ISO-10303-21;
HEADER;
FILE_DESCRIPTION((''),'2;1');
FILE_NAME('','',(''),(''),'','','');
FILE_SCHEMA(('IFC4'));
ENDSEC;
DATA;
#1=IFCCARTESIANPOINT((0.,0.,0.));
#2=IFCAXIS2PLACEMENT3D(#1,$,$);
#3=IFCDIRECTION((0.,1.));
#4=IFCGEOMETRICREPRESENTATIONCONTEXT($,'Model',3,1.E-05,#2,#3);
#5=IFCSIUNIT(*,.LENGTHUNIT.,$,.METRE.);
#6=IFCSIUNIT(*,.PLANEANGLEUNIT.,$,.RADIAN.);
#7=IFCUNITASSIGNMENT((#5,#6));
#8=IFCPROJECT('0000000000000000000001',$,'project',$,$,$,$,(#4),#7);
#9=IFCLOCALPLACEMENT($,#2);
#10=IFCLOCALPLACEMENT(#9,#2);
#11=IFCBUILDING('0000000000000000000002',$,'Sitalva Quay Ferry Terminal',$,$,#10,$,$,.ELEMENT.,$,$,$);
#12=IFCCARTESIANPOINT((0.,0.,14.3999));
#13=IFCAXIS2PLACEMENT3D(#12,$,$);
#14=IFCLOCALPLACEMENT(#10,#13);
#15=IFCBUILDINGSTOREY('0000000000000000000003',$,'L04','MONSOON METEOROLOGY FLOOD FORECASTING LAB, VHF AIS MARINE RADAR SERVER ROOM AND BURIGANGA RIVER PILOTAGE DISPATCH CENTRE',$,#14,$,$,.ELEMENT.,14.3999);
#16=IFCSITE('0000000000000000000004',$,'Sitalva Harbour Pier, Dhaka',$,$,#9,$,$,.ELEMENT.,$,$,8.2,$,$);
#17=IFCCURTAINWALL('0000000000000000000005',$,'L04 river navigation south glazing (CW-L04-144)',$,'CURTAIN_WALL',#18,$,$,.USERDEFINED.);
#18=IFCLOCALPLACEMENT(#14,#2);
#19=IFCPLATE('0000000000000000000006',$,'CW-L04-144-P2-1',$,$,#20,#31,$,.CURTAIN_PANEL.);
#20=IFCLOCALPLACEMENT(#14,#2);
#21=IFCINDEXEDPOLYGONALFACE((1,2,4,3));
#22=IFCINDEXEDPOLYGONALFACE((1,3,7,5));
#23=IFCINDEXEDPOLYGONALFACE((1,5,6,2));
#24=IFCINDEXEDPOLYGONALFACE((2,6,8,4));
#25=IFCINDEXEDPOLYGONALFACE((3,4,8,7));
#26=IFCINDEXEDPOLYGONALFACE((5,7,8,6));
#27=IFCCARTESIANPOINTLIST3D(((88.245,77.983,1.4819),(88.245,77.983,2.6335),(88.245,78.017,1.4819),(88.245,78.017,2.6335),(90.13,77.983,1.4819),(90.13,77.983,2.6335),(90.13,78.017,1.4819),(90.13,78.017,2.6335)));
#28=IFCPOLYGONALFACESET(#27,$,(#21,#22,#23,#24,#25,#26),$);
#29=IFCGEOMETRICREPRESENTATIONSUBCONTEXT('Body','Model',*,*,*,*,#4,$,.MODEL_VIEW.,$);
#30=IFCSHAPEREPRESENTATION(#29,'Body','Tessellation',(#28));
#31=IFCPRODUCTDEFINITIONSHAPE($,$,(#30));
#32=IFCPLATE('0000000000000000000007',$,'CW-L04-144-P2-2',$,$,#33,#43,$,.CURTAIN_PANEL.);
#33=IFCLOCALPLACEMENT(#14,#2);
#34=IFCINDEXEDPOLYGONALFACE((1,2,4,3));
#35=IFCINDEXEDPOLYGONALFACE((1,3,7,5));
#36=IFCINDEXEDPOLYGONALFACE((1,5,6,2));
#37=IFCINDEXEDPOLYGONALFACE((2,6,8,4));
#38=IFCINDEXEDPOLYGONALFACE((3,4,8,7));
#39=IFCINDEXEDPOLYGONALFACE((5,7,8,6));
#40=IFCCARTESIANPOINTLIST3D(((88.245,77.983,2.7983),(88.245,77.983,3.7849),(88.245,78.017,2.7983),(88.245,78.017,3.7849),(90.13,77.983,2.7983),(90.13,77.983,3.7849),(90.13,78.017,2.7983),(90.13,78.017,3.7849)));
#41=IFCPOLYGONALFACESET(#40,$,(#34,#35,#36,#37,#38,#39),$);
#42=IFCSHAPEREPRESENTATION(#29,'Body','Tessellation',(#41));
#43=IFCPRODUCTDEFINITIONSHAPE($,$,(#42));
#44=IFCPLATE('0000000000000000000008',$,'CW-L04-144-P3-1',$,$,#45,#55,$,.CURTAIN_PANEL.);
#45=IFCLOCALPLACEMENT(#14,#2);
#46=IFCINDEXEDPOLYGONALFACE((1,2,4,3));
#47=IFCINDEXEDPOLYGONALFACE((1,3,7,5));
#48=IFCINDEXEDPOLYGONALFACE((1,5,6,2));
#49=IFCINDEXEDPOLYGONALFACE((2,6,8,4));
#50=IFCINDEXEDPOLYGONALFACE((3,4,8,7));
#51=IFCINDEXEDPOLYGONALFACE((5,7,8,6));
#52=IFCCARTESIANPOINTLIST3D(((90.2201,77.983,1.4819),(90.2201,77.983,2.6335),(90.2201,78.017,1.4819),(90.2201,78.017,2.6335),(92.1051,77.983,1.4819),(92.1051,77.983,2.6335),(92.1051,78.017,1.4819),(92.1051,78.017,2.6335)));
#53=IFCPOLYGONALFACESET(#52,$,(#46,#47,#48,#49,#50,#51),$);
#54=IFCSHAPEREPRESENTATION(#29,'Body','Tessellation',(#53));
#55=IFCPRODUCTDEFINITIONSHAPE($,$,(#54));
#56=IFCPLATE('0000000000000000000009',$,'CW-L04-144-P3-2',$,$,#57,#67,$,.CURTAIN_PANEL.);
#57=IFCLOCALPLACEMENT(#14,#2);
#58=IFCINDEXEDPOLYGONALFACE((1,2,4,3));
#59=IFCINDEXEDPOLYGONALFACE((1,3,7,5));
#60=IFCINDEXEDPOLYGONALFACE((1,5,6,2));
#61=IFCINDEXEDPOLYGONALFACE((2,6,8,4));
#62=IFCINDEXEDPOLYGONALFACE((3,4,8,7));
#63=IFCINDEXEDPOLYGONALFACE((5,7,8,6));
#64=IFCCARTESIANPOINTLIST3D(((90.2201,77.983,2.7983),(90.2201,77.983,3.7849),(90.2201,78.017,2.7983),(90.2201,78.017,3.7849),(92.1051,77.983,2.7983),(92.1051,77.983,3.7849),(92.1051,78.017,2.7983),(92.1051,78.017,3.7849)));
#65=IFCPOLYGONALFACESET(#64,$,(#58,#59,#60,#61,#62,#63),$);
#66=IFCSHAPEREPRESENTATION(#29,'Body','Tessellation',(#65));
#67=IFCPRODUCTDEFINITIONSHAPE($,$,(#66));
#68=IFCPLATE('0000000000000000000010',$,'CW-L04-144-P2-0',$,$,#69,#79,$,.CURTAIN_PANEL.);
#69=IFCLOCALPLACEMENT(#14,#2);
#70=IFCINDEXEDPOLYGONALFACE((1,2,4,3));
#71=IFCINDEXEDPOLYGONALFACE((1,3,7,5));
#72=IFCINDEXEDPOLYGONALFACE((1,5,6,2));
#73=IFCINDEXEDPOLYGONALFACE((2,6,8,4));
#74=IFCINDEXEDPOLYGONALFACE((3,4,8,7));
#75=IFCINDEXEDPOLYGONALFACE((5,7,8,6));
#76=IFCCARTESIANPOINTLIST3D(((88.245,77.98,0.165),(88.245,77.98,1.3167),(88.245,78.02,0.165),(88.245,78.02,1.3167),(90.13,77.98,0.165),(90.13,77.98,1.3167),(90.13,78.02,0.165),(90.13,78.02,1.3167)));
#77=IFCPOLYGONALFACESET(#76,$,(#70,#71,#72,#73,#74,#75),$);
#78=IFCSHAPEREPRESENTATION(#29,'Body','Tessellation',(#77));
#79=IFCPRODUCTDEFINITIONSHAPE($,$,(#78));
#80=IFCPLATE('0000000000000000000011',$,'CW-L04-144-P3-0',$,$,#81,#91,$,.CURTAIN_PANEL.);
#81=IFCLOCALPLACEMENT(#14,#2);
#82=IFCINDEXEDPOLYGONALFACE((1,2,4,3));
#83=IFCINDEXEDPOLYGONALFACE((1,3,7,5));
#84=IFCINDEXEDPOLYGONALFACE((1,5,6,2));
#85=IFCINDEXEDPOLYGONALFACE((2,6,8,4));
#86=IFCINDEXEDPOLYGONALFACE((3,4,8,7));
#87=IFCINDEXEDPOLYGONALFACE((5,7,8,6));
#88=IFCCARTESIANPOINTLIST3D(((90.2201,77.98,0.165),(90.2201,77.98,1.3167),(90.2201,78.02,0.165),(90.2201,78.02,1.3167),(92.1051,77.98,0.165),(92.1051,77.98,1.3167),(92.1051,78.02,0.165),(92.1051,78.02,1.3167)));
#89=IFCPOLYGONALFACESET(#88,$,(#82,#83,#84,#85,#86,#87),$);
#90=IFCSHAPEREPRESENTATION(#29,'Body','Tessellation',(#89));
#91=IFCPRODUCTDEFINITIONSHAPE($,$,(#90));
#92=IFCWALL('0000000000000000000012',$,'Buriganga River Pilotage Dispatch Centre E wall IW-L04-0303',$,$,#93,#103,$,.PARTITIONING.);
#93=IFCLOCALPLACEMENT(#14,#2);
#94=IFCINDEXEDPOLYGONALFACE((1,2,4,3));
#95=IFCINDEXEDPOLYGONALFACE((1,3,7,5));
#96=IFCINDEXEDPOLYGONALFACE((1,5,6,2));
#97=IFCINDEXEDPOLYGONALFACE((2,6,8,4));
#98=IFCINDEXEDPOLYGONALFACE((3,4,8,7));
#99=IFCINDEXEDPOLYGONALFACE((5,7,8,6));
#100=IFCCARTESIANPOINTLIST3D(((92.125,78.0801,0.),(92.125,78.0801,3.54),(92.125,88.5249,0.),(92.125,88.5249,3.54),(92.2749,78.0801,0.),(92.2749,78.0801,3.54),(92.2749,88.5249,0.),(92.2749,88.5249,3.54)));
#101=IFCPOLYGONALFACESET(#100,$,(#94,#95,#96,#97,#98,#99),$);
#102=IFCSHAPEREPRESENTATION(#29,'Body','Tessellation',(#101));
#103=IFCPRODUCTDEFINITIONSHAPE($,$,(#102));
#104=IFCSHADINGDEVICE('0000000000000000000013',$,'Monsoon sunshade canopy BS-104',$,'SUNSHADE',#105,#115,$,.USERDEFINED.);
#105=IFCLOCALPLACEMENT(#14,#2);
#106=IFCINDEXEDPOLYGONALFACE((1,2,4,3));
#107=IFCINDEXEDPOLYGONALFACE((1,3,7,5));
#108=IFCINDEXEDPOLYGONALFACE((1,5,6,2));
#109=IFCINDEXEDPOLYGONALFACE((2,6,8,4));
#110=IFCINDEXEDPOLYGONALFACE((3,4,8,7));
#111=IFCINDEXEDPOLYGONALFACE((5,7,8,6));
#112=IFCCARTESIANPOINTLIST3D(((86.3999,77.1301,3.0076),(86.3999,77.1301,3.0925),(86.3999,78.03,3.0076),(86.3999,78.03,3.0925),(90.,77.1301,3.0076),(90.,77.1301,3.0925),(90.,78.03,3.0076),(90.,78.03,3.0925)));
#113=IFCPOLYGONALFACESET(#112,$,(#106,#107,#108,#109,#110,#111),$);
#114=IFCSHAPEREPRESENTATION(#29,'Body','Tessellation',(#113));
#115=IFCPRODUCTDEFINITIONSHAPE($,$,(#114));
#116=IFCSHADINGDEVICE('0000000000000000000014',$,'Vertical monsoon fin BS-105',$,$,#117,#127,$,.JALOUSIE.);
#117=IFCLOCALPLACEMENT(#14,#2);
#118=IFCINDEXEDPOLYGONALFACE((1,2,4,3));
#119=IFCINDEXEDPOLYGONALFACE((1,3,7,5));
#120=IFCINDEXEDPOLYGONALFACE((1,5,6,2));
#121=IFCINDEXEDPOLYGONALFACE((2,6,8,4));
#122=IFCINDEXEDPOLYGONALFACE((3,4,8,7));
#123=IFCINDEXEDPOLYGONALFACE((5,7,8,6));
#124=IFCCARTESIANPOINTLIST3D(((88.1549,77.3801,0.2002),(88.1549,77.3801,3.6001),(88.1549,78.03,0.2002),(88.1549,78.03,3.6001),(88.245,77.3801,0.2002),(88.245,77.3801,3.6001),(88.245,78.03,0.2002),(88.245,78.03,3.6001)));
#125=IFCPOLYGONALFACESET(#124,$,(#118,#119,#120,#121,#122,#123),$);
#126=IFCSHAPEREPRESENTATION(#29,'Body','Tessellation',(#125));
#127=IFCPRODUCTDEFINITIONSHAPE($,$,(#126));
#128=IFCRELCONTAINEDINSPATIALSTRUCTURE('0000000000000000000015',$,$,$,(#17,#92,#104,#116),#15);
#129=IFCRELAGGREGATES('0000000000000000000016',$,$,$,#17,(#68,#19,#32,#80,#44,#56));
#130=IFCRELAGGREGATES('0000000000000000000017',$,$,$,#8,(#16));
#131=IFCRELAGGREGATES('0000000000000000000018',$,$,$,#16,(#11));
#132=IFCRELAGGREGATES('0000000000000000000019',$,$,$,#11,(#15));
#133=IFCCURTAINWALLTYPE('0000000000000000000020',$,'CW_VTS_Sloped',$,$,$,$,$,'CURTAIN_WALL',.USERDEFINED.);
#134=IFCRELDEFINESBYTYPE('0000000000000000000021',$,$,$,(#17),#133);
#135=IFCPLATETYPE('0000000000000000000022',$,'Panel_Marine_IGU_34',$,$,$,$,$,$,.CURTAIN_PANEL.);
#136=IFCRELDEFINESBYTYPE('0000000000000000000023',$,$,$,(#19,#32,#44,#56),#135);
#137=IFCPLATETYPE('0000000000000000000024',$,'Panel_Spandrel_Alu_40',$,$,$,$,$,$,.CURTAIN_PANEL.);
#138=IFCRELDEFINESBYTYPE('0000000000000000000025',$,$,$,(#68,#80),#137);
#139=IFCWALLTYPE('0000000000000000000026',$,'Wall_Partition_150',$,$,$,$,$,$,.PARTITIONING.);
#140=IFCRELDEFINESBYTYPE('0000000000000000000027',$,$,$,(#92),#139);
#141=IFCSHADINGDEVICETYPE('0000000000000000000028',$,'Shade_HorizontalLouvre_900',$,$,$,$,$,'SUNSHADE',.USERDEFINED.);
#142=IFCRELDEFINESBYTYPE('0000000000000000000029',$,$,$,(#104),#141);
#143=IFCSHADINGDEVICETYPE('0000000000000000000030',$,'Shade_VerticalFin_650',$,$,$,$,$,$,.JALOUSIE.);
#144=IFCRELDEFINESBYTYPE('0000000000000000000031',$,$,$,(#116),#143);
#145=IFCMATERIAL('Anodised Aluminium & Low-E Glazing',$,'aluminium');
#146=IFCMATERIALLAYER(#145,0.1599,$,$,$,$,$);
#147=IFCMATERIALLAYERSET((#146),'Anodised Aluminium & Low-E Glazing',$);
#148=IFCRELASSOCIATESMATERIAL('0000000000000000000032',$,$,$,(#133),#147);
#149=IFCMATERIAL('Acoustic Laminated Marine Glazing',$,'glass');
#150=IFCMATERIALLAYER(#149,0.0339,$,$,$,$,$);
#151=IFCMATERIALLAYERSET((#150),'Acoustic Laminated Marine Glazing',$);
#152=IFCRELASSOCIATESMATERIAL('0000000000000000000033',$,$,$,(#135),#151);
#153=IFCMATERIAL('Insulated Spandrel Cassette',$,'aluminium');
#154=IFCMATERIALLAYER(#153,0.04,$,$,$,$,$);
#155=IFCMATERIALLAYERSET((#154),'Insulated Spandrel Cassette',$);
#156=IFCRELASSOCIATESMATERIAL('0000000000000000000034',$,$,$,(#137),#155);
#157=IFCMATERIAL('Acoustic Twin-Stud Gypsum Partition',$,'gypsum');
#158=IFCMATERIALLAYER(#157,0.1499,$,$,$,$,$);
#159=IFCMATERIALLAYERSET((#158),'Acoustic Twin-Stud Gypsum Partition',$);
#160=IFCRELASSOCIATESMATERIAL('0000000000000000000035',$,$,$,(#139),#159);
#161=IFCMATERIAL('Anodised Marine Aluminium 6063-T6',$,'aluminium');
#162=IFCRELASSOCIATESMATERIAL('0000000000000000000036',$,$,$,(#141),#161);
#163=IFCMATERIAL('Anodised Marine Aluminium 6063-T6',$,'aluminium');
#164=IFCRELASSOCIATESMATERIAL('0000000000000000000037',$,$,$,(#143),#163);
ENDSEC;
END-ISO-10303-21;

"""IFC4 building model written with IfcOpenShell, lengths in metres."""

from ifc_helpers import new_model, si_unit, direction, frame, frame_2d, origin, origin_2d, place, context, subcontext, project, spatial, rectangle, extrude, material, layer, layer_set, type_object, element, aggregate, save


model = new_model("IFC4")

# Units and contexts
model_context = context("Model", 3, precision=1e-05, world=origin(), true_north=direction((0.0, 1.0)))
body_context = subcontext(model_context, "Body", "Model", "MODEL_VIEW")
ifc_project = project(units=[si_unit("LENGTHUNIT", "METRE"), si_unit("PLANEANGLEUNIT", "RADIAN")], contexts=[model_context])

# Site, building, storey
site_placement = place(None, origin())
site = spatial("IfcSite", under=ifc_project, at=site_placement, Name="Sitalva Harbour Pier, Dhaka", CompositionType="ELEMENT", RefElevation=8.2)
building_placement = place(site_placement, origin())
building = spatial("IfcBuilding", under=site, at=building_placement, Name="Sitalva Quay Ferry Terminal", CompositionType="ELEMENT")
storey_placement = place(building_placement, frame((0.0, 0.0, 14.3999)))
storey = spatial("IfcBuildingStorey", under=building, at=storey_placement, Name="L04", Description="MONSOON METEOROLOGY FLOOD FORECASTING LAB, VHF AIS MARINE RADAR SERVER ROOM AND BURIGANGA RIVER PILOTAGE DISPATCH CENTRE", CompositionType="ELEMENT", Elevation=14.3999)

# Curtain wall, plates
ifc_material_1 = material(Name="Anodised Aluminium & Low-E Glazing", Category="aluminium")
ifc_layer_1 = layer(ifc_material_1, 0.1599)
ifc_layer_set_1 = layer_set([ifc_layer_1], Name="Anodised Aluminium & Low-E Glazing")
curtain_wall_type = type_object("IfcCurtainWallType", Name="CW_VTS_Sloped", ElementType="CURTAIN_WALL", PredefinedType="USERDEFINED", material=ifc_layer_set_1)
curtain_wall_placement = place(storey_placement, origin())
curtain_wall = element("IfcCurtainWall", 1, at=curtain_wall_placement, inside=storey, type_object=curtain_wall_type, Name="L04 river navigation south glazing (CW-L04-144)", ObjectType="CURTAIN_WALL", PredefinedType="USERDEFINED")
ifc_material_2 = material(Name="Acoustic Laminated Marine Glazing", Category="glass")
ifc_layer_2 = layer(ifc_material_2, 0.0339)
ifc_layer_set_2 = layer_set([ifc_layer_2], Name="Acoustic Laminated Marine Glazing")
plate_type_1 = type_object("IfcPlateType", Name="Panel_Marine_IGU_34", PredefinedType="CURTAIN_PANEL", material=ifc_layer_set_2)
plate_1_placement = place(storey_placement, frame((89.1875, 78.0, 1.4819), z_axis=(0.0, 0.0, 1.0), x_axis=(1.0, 0.0, 0.0)))
plate_1 = element("IfcPlate", 2, at=plate_1_placement, type_object=plate_type_1, Name="CW-L04-144-P2-1", PredefinedType="CURTAIN_PANEL", context=body_context, shape_type="SweptSolid", body=[
    extrude(rectangle(XDim=1.885, YDim=0.0339, at=origin_2d()), origin(), (0.0, 0.0, 1.0), 1.1516),
])
plate_2_placement = place(storey_placement, frame((89.1875, 78.0, 2.7983), z_axis=(0.0, 0.0, 1.0), x_axis=(1.0, 0.0, 0.0)))
plate_2 = element("IfcPlate", 3, at=plate_2_placement, type_object=plate_type_1, Name="CW-L04-144-P2-2", PredefinedType="CURTAIN_PANEL", context=body_context, shape_type="SweptSolid", body=[
    extrude(rectangle(XDim=1.885, YDim=0.0339, at=origin_2d()), origin(), (0.0, 0.0, 1.0), 0.9866),
])
plate_3_placement = place(storey_placement, frame((91.1626, 78.0, 1.4819), z_axis=(0.0, 0.0, 1.0), x_axis=(1.0, 0.0, 0.0)))
plate_3 = element("IfcPlate", 4, at=plate_3_placement, type_object=plate_type_1, Name="CW-L04-144-P3-1", PredefinedType="CURTAIN_PANEL", context=body_context, shape_type="SweptSolid", body=[
    extrude(rectangle(XDim=1.885, YDim=0.0339, at=origin_2d()), origin(), (0.0, 0.0, 1.0), 1.1516),
])
plate_4_placement = place(storey_placement, frame((91.1626, 78.0, 2.7983), z_axis=(0.0, 0.0, 1.0), x_axis=(1.0, 0.0, 0.0)))
plate_4 = element("IfcPlate", 5, at=plate_4_placement, type_object=plate_type_1, Name="CW-L04-144-P3-2", PredefinedType="CURTAIN_PANEL", context=body_context, shape_type="SweptSolid", body=[
    extrude(rectangle(XDim=1.885, YDim=0.0339, at=origin_2d()), origin(), (0.0, 0.0, 1.0), 0.9866),
])
ifc_material_3 = material(Name="Insulated Spandrel Cassette", Category="aluminium")
ifc_layer_3 = layer(ifc_material_3, 0.04)
ifc_layer_set_3 = layer_set([ifc_layer_3], Name="Insulated Spandrel Cassette")
plate_type_2 = type_object("IfcPlateType", Name="Panel_Spandrel_Alu_40", PredefinedType="CURTAIN_PANEL", material=ifc_layer_set_3)
plate_5_placement = place(storey_placement, frame((89.1875, 78.0, 0.165), z_axis=(0.0, 0.0, 1.0), x_axis=(1.0, 0.0, 0.0)))
plate_5 = element("IfcPlate", 6, at=plate_5_placement, type_object=plate_type_2, Name="CW-L04-144-P2-0", PredefinedType="CURTAIN_PANEL", context=body_context, shape_type="SweptSolid", body=[
    extrude(rectangle(XDim=1.885, YDim=0.04, at=origin_2d()), origin(), (0.0, 0.0, 1.0), 1.1516),
])
plate_6_placement = place(storey_placement, frame((91.1626, 78.0, 0.165), z_axis=(0.0, 0.0, 1.0), x_axis=(1.0, 0.0, 0.0)))
plate_6 = element("IfcPlate", 7, at=plate_6_placement, type_object=plate_type_2, Name="CW-L04-144-P3-0", PredefinedType="CURTAIN_PANEL", context=body_context, shape_type="SweptSolid", body=[
    extrude(rectangle(XDim=1.885, YDim=0.04, at=origin_2d()), origin(), (0.0, 0.0, 1.0), 1.1516),
])
aggregate(curtain_wall, [plate_5, plate_1, plate_2, plate_6, plate_3, plate_4])

# Wall
ifc_material_4 = material(Name="Acoustic Twin-Stud Gypsum Partition", Category="gypsum")
ifc_layer_4 = layer(ifc_material_4, 0.1499)
ifc_layer_set_4 = layer_set([ifc_layer_4], Name="Acoustic Twin-Stud Gypsum Partition")
wall_type = type_object("IfcWallType", Name="Wall_Partition_150", PredefinedType="PARTITIONING", material=ifc_layer_set_4)
wall_placement = place(storey_placement, frame((92.2, 78.0801, 0.0), z_axis=(0.0, 0.0, 1.0), x_axis=(0.0, 1.0, 0.0)))
element("IfcWall", 8, at=wall_placement, inside=storey, type_object=wall_type, Name="Buriganga River Pilotage Dispatch Centre E wall IW-L04-0303", PredefinedType="PARTITIONING", context=body_context, shape_type="SweptSolid", body=[
    extrude(rectangle(XDim=10.4448, YDim=0.1499, at=frame_2d((5.2224, 0.0))), origin(), (0.0, 0.0, 1.0), 3.54),
])

# Shading devices
ifc_material_5 = material(Name="Anodised Marine Aluminium 6063-T6", Category="aluminium")
shading_device_type_1 = type_object("IfcShadingDeviceType", Name="Shade_HorizontalLouvre_900", ElementType="SUNSHADE", PredefinedType="USERDEFINED", material=ifc_material_5)
shading_device_1_placement = place(storey_placement, frame((88.2, 77.5801, 3.0076), z_axis=(0.0, 0.0, 1.0), x_axis=(1.0, 0.0, 0.0)))
element("IfcShadingDevice", 9, at=shading_device_1_placement, inside=storey, type_object=shading_device_type_1, Name="Monsoon sunshade canopy BS-104", ObjectType="SUNSHADE", PredefinedType="USERDEFINED", context=body_context, shape_type="SweptSolid", body=[
    extrude(rectangle(XDim=3.6001, YDim=0.8999, at=origin_2d()), origin(), (0.0, 0.0, 1.0), 0.085),
])
ifc_material_6 = material(Name="Anodised Marine Aluminium 6063-T6", Category="aluminium")
shading_device_type_2 = type_object("IfcShadingDeviceType", Name="Shade_VerticalFin_650", PredefinedType="JALOUSIE", material=ifc_material_6)
shading_device_2_placement = place(storey_placement, frame((88.2, 77.7051, 0.2002), z_axis=(0.0, 0.0, 1.0), x_axis=(1.0, 0.0, 0.0)))
element("IfcShadingDevice", 10, at=shading_device_2_placement, inside=storey, type_object=shading_device_type_2, Name="Vertical monsoon fin BS-105", PredefinedType="JALOUSIE", context=body_context, shape_type="SweptSolid", body=[
    extrude(rectangle(XDim=0.0901, YDim=0.6499, at=origin_2d()), origin(), (0.0, 0.0, 1.0), 3.3999),
])

save(model, "model.ifc")
